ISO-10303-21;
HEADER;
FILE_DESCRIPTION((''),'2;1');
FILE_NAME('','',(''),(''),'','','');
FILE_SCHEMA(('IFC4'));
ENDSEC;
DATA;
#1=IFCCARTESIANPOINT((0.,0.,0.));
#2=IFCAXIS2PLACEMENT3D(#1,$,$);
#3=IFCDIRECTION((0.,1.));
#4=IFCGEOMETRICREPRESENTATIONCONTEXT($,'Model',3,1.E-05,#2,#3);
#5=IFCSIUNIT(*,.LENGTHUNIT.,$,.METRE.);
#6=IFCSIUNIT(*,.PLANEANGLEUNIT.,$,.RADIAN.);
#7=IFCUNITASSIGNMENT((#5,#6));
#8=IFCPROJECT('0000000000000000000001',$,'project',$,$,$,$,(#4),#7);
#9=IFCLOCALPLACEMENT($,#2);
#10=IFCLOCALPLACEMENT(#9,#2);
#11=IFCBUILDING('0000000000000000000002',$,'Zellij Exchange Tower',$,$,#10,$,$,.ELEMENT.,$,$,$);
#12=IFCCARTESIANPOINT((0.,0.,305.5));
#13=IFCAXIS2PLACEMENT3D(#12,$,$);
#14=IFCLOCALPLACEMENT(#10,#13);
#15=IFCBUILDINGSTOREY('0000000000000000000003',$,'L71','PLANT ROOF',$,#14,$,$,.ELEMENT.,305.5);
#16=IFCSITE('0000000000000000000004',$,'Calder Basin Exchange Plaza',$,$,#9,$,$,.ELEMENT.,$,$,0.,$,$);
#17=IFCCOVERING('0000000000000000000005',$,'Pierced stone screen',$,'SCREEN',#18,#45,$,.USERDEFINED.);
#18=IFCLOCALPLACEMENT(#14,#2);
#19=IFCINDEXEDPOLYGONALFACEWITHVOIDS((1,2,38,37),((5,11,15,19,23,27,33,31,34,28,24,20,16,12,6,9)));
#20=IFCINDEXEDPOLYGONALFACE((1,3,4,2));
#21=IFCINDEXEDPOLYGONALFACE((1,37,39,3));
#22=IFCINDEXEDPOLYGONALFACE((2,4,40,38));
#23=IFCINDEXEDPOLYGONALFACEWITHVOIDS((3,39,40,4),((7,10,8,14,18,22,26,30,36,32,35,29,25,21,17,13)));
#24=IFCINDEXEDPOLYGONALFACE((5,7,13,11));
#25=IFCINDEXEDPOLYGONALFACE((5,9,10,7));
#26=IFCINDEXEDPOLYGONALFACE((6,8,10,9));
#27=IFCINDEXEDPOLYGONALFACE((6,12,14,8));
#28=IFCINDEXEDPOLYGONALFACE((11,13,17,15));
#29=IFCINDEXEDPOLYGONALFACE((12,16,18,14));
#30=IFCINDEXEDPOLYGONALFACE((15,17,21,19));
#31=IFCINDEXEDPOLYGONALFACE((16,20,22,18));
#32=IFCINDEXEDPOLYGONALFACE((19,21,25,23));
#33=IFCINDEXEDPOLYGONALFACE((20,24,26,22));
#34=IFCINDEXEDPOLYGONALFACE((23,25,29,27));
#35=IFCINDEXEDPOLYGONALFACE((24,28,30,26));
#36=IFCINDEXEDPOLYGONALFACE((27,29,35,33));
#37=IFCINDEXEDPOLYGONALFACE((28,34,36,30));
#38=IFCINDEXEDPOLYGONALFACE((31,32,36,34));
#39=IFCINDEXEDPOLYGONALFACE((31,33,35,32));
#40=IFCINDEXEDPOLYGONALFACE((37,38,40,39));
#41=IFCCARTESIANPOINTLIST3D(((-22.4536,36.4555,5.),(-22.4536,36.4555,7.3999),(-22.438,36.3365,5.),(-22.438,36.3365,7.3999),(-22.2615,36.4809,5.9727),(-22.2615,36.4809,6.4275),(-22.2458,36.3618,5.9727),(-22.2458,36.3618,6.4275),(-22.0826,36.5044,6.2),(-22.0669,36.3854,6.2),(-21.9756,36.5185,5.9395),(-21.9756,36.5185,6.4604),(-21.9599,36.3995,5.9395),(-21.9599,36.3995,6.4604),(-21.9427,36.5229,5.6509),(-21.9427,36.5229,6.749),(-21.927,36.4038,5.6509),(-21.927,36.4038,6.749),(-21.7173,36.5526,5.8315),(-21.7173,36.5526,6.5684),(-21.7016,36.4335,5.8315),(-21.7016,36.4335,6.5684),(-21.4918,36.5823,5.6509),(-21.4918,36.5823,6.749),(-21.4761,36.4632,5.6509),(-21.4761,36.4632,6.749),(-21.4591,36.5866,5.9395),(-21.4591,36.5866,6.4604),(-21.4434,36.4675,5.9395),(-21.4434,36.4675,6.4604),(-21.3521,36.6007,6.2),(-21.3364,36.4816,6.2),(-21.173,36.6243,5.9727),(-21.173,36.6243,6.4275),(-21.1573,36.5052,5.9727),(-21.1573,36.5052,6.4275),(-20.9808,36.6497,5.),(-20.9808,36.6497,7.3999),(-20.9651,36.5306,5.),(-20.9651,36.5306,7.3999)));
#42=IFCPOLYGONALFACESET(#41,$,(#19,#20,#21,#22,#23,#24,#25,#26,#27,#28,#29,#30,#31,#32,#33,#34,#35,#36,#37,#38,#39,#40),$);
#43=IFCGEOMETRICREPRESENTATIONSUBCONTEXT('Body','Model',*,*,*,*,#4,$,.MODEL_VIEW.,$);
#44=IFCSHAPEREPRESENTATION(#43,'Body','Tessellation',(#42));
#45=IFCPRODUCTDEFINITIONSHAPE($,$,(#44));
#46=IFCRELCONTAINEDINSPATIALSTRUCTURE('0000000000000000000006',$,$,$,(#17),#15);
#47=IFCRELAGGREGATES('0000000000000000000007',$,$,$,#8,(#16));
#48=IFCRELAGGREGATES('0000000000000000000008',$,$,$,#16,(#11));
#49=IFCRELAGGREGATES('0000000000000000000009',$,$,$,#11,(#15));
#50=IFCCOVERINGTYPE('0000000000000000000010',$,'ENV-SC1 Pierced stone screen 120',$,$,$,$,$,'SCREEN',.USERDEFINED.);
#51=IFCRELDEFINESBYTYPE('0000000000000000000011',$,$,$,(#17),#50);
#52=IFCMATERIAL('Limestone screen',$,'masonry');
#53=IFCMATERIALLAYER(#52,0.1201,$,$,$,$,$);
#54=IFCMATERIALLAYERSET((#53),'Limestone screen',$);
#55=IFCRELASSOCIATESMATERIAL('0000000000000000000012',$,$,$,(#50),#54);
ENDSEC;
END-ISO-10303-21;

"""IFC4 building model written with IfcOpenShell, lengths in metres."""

from ifc_helpers import new_model, si_unit, direction, frame, origin, place, context, subcontext, project, spatial, polyline, outline, extrude, material, layer, layer_set, type_object, element, save


model = new_model("IFC4")

# Units and contexts
model_context = context("Model", 3, precision=1e-05, world=origin(), true_north=direction((0.0, 1.0)))
body_context = subcontext(model_context, "Body", "Model", "MODEL_VIEW")
ifc_project = project(units=[si_unit("LENGTHUNIT", "METRE"), si_unit("PLANEANGLEUNIT", "RADIAN")], contexts=[model_context])

# Site, building, storey
site_placement = place(None, origin())
site = spatial("IfcSite", under=ifc_project, at=site_placement, Name="Calder Basin Exchange Plaza", CompositionType="ELEMENT", RefElevation=0.0)
building_placement = place(site_placement, origin())
building = spatial("IfcBuilding", under=site, at=building_placement, Name="Zellij Exchange Tower", CompositionType="ELEMENT")
storey_placement = place(building_placement, frame((0.0, 0.0, 305.5)))
storey = spatial("IfcBuildingStorey", under=building, at=storey_placement, Name="L71", Description="PLANT ROOF", CompositionType="ELEMENT", Elevation=305.5)

# Covering
ifc_material_1 = material(Name="Limestone screen", Category="masonry")
ifc_layer_1 = layer(ifc_material_1, 0.1201)
ifc_layer_set_1 = layer_set([ifc_layer_1], Name="Limestone screen")
covering_type = type_object("IfcCoveringType", Name="ENV-SC1 Pierced stone screen 120", ElementType="SCREEN", PredefinedType="USERDEFINED", material=ifc_layer_set_1)
covering_1_placement = place(storey_placement, frame((-22.4458, 36.396, 5.0), z_axis=(0.0, 0.0, 1.0), x_axis=(0.991426, 0.130667, 0.0)))
element("IfcCovering", 1, at=covering_1_placement, inside=storey, type_object=covering_type, Name="Pierced stone screen", ObjectType="SCREEN", PredefinedType="USERDEFINED", context=body_context, shape_type="SweptSolid", body=[
    extrude(outline(polyline([(0.0, 0.0), (1.4856, 0.0), (1.4856, 2.3999), (0.0, 2.3999), (0.0, 0.0)]), holes=[polyline([(1.2917, 1.4275), (1.0032, 1.4604), (0.9702, 1.749), (0.7427, 1.5684), (0.5154, 1.749), (0.4822, 1.4604), (0.1938, 1.4275), (0.3743, 1.2), (0.1938, 0.9727), (0.4822, 0.9395), (0.5154, 0.6509), (0.7427, 0.8315), (0.9702, 0.6509), (1.0032, 0.9395), (1.2917, 0.9727), (1.1111, 1.2), (1.2917, 1.4275)])]), frame((0.0, 0.0601, 0.0), z_axis=(0.0, -1.0, 0.0), x_axis=(1.0, 0.0, 0.0)), (0.0, 0.0, 1.0), 0.1201),
])

save(model, "model.ifc")
